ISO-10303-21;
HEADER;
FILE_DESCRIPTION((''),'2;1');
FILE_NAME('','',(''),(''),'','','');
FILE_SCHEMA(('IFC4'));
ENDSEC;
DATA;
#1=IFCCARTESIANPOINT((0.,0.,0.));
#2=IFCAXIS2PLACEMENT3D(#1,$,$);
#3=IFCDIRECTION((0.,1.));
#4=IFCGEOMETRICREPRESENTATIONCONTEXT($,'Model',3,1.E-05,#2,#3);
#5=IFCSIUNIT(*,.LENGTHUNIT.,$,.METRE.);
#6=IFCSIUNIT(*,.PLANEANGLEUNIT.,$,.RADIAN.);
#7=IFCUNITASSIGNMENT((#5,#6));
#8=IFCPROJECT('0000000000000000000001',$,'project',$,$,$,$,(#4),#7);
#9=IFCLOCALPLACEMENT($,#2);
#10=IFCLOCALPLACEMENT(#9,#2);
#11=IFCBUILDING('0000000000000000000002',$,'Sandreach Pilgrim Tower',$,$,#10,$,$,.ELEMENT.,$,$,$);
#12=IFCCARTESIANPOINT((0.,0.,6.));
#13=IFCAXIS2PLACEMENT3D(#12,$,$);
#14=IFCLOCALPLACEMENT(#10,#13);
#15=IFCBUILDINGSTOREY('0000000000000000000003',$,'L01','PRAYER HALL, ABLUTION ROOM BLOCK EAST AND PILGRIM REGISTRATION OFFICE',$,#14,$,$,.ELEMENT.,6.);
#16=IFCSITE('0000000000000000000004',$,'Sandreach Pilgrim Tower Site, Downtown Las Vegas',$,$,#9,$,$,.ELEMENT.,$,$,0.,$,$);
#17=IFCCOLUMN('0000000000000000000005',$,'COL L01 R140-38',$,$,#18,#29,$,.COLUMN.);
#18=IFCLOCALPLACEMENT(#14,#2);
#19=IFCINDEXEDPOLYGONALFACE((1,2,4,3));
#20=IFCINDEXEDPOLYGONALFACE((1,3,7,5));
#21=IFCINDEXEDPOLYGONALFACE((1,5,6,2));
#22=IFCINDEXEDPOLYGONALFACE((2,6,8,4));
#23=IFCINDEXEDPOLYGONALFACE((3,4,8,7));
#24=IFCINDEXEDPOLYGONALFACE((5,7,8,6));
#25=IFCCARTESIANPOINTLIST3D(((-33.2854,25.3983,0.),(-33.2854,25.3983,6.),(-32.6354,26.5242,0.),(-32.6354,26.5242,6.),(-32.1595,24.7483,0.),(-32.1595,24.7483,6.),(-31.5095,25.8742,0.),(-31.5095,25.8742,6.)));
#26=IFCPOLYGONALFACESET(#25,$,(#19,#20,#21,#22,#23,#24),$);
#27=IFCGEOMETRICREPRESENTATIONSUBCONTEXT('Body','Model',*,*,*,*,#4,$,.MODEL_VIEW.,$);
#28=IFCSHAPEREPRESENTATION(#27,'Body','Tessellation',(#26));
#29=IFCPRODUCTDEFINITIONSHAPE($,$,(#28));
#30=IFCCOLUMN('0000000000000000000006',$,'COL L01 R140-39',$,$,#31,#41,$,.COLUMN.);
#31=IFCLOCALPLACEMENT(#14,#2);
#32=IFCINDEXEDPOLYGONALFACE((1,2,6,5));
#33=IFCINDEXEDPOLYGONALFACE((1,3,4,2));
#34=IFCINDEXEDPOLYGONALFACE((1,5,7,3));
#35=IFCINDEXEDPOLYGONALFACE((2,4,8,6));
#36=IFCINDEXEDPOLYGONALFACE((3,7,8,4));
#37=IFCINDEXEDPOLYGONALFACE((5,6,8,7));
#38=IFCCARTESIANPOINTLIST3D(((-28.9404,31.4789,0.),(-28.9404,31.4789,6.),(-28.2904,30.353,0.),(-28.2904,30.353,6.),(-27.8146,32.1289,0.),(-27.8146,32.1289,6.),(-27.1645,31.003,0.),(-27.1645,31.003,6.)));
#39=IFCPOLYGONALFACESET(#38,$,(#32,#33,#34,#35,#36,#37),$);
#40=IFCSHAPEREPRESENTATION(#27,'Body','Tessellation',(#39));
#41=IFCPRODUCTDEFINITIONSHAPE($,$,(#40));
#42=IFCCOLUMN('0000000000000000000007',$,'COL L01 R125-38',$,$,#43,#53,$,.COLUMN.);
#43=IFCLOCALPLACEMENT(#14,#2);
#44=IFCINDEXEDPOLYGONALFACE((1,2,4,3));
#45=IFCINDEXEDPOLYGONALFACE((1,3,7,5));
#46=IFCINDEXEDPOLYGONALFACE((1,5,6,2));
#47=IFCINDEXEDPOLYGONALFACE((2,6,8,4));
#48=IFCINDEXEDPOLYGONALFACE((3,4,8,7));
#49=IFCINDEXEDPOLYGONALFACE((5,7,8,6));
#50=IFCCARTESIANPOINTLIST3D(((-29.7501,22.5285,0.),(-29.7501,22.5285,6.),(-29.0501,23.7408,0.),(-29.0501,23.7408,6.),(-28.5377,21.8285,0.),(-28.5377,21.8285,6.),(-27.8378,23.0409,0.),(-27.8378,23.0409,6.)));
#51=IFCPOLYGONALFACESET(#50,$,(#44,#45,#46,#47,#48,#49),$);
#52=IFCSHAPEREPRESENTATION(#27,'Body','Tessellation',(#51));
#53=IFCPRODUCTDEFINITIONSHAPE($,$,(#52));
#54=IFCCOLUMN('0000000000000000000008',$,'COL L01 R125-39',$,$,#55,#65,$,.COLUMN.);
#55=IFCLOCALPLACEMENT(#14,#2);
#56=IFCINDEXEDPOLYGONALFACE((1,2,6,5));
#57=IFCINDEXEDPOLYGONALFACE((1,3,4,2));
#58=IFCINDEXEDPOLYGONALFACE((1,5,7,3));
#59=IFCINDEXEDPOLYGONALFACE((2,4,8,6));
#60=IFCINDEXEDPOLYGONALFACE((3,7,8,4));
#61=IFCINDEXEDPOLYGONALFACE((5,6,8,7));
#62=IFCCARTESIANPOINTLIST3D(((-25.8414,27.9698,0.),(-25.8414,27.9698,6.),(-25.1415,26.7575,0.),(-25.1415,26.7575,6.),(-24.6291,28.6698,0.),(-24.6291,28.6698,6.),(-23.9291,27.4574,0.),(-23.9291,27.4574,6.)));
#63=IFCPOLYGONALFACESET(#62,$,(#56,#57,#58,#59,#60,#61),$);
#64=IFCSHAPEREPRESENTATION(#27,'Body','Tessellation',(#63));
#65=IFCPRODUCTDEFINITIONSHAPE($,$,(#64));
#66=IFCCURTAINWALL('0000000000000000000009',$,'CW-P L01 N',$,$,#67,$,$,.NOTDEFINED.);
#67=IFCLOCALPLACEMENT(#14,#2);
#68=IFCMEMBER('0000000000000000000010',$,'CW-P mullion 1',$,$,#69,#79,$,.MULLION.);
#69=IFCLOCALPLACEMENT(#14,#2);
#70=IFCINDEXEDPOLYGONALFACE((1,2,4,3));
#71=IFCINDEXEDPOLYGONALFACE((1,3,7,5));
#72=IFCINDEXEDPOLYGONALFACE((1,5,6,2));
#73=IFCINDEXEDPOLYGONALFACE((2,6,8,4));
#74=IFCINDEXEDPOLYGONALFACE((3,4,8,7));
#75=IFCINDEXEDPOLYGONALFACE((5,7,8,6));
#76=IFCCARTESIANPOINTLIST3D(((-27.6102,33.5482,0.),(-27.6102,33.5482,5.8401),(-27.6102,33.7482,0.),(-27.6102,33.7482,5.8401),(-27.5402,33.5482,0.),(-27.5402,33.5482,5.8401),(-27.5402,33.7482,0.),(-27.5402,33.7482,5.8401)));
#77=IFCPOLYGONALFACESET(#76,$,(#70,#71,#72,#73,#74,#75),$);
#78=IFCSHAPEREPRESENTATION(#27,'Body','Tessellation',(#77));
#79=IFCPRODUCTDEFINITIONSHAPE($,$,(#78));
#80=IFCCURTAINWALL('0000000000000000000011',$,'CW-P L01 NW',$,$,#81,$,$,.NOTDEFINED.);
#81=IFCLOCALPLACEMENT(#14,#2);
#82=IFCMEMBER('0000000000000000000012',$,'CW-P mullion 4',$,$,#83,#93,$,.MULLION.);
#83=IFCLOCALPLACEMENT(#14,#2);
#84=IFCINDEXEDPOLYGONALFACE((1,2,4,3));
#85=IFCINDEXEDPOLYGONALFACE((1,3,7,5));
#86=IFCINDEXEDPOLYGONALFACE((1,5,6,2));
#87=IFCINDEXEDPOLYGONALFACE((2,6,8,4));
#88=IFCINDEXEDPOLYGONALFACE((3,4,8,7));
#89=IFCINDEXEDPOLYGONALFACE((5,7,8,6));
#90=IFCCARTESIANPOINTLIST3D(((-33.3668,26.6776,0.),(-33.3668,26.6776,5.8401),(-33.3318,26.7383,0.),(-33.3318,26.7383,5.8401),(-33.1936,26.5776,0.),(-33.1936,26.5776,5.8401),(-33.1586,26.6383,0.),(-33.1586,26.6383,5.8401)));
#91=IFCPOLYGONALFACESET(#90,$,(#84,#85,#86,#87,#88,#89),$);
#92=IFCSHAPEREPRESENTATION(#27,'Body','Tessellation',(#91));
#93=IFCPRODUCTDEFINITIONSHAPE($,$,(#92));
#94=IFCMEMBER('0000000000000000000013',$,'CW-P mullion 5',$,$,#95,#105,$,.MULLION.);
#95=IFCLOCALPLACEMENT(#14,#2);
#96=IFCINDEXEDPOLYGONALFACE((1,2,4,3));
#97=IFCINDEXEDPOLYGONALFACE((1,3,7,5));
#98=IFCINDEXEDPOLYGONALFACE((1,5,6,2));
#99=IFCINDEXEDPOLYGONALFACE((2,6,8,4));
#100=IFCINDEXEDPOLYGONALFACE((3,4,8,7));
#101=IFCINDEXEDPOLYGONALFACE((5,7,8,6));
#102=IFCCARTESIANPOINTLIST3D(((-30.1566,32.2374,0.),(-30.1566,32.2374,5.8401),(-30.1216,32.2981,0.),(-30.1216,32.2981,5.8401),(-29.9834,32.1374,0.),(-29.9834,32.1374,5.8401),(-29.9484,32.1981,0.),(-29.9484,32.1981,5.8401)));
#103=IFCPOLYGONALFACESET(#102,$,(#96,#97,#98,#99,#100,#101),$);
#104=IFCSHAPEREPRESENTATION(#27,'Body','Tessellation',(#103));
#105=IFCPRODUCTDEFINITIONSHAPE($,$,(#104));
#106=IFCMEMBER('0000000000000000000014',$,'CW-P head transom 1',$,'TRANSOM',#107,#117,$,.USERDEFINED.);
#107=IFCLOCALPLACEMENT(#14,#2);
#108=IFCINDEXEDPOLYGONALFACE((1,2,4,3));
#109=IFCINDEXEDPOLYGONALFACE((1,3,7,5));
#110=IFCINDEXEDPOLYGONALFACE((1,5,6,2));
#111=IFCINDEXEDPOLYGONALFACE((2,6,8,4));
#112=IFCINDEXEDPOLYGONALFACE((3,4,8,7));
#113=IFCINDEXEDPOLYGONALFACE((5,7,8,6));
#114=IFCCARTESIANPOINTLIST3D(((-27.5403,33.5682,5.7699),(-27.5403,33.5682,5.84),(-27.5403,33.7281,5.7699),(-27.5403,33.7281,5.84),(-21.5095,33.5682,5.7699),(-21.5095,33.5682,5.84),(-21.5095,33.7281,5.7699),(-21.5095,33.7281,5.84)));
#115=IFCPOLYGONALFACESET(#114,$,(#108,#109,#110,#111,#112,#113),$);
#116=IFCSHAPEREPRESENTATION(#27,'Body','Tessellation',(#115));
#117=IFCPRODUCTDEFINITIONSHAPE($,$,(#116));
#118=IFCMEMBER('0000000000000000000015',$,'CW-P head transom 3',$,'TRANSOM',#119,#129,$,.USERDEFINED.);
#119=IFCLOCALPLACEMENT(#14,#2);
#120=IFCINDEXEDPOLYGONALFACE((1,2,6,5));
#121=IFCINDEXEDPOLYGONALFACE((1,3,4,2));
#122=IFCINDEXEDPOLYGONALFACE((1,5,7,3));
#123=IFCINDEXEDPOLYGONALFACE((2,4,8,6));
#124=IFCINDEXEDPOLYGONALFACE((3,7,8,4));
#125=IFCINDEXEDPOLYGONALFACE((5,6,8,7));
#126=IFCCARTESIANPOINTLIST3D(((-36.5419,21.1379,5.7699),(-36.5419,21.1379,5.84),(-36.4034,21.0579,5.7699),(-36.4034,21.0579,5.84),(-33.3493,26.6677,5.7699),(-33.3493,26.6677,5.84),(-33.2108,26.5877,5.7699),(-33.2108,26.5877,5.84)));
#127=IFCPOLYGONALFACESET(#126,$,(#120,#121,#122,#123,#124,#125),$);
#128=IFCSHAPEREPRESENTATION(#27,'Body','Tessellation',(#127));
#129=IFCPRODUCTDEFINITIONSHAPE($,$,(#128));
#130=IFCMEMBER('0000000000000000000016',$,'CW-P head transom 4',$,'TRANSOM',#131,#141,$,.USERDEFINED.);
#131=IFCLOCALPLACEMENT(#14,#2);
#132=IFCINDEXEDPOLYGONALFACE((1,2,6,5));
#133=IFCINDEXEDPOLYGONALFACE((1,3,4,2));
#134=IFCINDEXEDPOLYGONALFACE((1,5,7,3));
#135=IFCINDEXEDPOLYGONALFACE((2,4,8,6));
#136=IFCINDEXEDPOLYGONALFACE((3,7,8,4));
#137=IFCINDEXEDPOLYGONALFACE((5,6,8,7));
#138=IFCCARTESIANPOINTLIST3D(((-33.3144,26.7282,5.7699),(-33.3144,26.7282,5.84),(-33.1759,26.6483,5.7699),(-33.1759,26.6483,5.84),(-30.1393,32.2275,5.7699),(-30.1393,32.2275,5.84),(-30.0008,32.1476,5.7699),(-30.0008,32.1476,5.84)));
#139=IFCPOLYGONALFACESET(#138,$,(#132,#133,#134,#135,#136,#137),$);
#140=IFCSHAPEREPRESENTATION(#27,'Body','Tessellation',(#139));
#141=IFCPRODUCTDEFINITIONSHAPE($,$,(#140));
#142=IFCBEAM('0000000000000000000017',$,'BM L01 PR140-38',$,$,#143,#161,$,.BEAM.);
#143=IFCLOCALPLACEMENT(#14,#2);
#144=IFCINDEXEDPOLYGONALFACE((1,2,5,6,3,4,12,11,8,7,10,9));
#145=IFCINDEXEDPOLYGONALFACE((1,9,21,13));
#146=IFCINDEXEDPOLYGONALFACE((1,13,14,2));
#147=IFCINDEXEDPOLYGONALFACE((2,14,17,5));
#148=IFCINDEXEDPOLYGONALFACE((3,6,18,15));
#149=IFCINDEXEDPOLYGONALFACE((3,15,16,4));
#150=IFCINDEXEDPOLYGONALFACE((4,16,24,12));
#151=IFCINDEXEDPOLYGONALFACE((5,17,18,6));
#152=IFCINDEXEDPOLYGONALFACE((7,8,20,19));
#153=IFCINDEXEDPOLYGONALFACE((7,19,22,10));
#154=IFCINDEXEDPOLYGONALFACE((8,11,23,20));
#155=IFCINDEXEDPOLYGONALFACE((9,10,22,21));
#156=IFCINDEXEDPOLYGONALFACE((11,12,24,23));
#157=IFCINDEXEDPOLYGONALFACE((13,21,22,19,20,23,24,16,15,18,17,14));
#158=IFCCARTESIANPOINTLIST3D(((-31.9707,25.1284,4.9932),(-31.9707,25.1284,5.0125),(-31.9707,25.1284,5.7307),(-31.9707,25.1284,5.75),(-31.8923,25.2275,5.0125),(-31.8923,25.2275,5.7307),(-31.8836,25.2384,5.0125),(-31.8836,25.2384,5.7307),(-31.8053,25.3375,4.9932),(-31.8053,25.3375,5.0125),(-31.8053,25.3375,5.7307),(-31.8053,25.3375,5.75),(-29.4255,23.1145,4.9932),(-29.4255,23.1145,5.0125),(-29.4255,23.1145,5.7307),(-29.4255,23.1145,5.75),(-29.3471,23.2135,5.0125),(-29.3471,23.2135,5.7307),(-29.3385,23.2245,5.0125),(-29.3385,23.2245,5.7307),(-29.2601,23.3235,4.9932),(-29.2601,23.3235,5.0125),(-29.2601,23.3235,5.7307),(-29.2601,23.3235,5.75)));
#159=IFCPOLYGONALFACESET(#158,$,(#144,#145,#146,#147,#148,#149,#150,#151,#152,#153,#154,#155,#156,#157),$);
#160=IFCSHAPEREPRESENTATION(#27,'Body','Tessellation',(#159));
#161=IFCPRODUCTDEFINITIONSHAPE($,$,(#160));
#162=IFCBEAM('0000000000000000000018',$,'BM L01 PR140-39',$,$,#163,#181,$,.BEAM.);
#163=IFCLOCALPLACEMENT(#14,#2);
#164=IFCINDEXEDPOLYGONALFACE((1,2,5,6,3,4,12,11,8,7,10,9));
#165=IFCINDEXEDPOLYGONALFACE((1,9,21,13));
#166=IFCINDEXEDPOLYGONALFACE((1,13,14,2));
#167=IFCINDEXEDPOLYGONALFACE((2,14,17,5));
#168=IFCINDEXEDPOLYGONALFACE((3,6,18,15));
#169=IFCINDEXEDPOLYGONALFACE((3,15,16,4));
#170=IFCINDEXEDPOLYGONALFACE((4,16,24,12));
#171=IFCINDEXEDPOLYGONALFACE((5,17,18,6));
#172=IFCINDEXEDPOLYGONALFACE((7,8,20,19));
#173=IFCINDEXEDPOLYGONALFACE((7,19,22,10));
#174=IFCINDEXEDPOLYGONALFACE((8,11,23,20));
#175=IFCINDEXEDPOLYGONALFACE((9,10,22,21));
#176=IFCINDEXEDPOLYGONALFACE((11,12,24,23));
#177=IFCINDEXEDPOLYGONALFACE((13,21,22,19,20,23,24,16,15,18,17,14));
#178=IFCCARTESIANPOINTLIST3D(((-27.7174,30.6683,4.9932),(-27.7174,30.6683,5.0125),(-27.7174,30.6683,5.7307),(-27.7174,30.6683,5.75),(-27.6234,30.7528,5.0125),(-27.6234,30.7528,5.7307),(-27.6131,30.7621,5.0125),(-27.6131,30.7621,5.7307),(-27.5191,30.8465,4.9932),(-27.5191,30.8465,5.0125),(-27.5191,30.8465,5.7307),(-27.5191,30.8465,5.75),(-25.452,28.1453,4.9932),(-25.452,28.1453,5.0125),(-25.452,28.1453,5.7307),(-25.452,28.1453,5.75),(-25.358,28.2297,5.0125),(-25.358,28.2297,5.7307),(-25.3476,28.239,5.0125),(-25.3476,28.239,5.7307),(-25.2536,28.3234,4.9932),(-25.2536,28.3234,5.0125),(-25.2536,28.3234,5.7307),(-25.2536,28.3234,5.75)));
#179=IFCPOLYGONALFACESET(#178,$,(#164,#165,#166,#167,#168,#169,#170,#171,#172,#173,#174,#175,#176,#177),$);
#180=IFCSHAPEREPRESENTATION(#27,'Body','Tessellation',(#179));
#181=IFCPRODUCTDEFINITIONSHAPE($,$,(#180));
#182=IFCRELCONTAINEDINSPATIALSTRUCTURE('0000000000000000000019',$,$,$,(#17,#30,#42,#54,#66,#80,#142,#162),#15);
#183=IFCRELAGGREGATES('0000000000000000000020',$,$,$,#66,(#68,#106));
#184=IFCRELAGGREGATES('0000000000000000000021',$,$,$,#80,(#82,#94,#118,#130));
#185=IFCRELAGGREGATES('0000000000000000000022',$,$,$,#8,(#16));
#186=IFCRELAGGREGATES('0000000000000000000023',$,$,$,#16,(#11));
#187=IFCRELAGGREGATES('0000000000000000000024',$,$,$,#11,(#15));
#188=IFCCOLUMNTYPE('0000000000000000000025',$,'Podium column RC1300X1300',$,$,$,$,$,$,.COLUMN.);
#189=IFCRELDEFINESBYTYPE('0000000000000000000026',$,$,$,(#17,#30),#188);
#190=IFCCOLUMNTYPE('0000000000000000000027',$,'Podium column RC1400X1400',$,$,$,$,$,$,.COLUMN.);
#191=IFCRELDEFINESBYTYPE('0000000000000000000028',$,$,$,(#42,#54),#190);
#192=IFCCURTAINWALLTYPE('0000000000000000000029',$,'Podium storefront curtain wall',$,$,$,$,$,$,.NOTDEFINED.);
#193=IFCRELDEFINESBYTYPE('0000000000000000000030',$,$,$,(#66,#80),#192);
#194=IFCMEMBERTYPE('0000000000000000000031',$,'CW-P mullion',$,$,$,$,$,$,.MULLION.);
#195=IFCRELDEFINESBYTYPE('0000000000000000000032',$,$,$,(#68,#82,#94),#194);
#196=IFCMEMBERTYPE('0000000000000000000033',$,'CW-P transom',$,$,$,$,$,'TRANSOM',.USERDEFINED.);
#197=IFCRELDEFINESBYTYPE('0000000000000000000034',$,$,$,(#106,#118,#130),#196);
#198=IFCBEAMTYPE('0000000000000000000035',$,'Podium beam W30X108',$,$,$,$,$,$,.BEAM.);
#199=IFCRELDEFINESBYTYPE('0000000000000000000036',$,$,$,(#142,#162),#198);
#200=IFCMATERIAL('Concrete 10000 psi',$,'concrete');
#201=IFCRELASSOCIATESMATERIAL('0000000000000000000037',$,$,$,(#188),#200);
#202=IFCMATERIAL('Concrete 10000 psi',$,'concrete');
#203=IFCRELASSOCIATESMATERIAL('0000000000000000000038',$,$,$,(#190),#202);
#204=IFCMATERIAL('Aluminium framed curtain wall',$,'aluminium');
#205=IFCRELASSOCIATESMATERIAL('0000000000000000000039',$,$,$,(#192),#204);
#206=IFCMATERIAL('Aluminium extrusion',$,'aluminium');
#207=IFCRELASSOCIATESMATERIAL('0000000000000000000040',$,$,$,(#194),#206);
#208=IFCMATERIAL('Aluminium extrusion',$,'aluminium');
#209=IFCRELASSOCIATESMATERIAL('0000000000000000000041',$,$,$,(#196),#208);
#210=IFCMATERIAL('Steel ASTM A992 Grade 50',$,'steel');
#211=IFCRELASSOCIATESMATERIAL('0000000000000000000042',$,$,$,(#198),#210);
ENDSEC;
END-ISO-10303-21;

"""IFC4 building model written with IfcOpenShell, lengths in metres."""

from ifc_helpers import new_model, si_unit, direction, frame, origin, origin_2d, place, context, subcontext, project, spatial, rectangle, i_section, extrude, material, material_profile, profile_set, type_object, element, aggregate, save


model = new_model("IFC4")

# Units and contexts
model_context = context("Model", 3, precision=1e-05, world=origin(), true_north=direction((0.0, 1.0)))
body_context = subcontext(model_context, "Body", "Model", "MODEL_VIEW")
ifc_project = project(units=[si_unit("LENGTHUNIT", "METRE"), si_unit("PLANEANGLEUNIT", "RADIAN")], contexts=[model_context])

# Site, building, storey
site_placement = place(None, origin())
site = spatial("IfcSite", under=ifc_project, at=site_placement, Name="Sandreach Pilgrim Tower Site, Downtown Las Vegas", CompositionType="ELEMENT", RefElevation=0.0)
building_placement = place(site_placement, origin())
building = spatial("IfcBuilding", under=site, at=building_placement, Name="Sandreach Pilgrim Tower", CompositionType="ELEMENT")
storey_placement = place(building_placement, frame((0.0, 0.0, 6.0)))
storey = spatial("IfcBuildingStorey", under=building, at=storey_placement, Name="L01", Description="PRAYER HALL, ABLUTION ROOM BLOCK EAST AND PILGRIM REGISTRATION OFFICE", CompositionType="ELEMENT", Elevation=6.0)

# Columns
ifc_material_1 = material(Name="Concrete 10000 psi", Category="concrete")
ifc_material_profile_1 = material_profile(ifc_material_1, rectangle(XDim=1.3, YDim=1.3, at=origin_2d()), Name="RC1300X1300")
ifc_profile_set_1 = profile_set([ifc_material_profile_1], Name="Concrete 10000 psi")
column_type_1 = type_object("IfcColumnType", Name="Podium column RC1300X1300", PredefinedType="COLUMN", material=ifc_profile_set_1)
for number, where, z_axis, x_axis, name in (
    (1, (-32.3975, 25.6362, 0.0), (0.0, 0.0, 1.0), (-0.866025, 0.5, 0.0), "COL L01 R140-38"),
    (2, (-28.0525, 31.241, 0.0), (0.0, 0.0, 1.0), (-0.5, 0.866025, 0.0), "COL L01 R140-39"),
):
    element("IfcColumn", number, at=place(storey_placement, frame(where, z_axis=z_axis, x_axis=x_axis)), inside=storey, type_object=column_type_1, Name=name, PredefinedType="COLUMN", context=body_context, shape_type="SweptSolid", body=[
        extrude(rectangle(XDim=1.3, YDim=1.3, at=origin_2d()), origin(), (0.0, 0.0, 1.0), 6.0),
    ])
ifc_material_2 = material(Name="Concrete 10000 psi", Category="concrete")
ifc_material_profile_2 = material_profile(ifc_material_2, rectangle(XDim=1.3999, YDim=1.3999, at=origin_2d()), Name="RC1400X1400")
ifc_profile_set_2 = profile_set([ifc_material_profile_2], Name="Concrete 10000 psi")
column_type_2 = type_object("IfcColumnType", Name="Podium column RC1400X1400", PredefinedType="COLUMN", material=ifc_profile_set_2)
for number, where, z_axis, x_axis, name in (
    (3, (-28.7939, 22.7847, 0.0), (0.0, 0.0, 1.0), (-0.866025, 0.5, 0.0), "COL L01 R125-38"),
    (4, (-24.8853, 27.7136, 0.0), (0.0, 0.0, 1.0), (-0.5, 0.866025, 0.0), "COL L01 R125-39"),
):
    element("IfcColumn", number, at=place(storey_placement, frame(where, z_axis=z_axis, x_axis=x_axis)), inside=storey, type_object=column_type_2, Name=name, PredefinedType="COLUMN", context=body_context, shape_type="SweptSolid", body=[
        extrude(rectangle(XDim=1.3999, YDim=1.3999, at=origin_2d()), origin(), (0.0, 0.0, 1.0), 6.0),
    ])

# Curtain wall, member
ifc_material_3 = material(Name="Aluminium framed curtain wall", Category="aluminium")
curtain_wall_type = type_object("IfcCurtainWallType", Name="Podium storefront curtain wall", PredefinedType="NOTDEFINED", material=ifc_material_3)
curtain_wall_1_placement = place(storey_placement, origin())
curtain_wall_1 = element("IfcCurtainWall", 5, at=curtain_wall_1_placement, inside=storey, type_object=curtain_wall_type, Name="CW-P L01 N", PredefinedType="NOTDEFINED")
ifc_material_4 = material(Name="Aluminium extrusion", Category="aluminium")
ifc_material_profile_3 = material_profile(ifc_material_4, rectangle(XDim=0.0701, YDim=0.2, at=origin_2d()), Name="CW-PM 70X200")
ifc_profile_set_3 = profile_set([ifc_material_profile_3], Name="Aluminium extrusion")
member_type_1 = type_object("IfcMemberType", Name="CW-P mullion", PredefinedType="MULLION", material=ifc_profile_set_3)
member_1_placement = place(storey_placement, frame((-27.5752, 33.6482, 0.0), z_axis=(0.0, 0.0, 1.0), x_axis=(1.0, 0.0, 0.0)))
member_1 = element("IfcMember", 6, at=member_1_placement, type_object=member_type_1, Name="CW-P mullion 1", PredefinedType="MULLION", context=body_context, shape_type="SweptSolid", body=[
    extrude(rectangle(XDim=0.0701, YDim=0.2, at=origin_2d()), origin(), (0.0, 0.0, 1.0), 5.8401),
])

# Curtain wall, members
curtain_wall_2_placement = place(storey_placement, origin())
curtain_wall_2 = element("IfcCurtainWall", 7, at=curtain_wall_2_placement, inside=storey, type_object=curtain_wall_type, Name="CW-P L01 NW", PredefinedType="NOTDEFINED")
member_2_placement = place(storey_placement, frame((-33.2627, 26.658, 0.0), z_axis=(0.0, 0.0, 1.0), x_axis=(0.5, 0.866025, 0.0)))
member_2 = element("IfcMember", 8, at=member_2_placement, type_object=member_type_1, Name="CW-P mullion 4", PredefinedType="MULLION", context=body_context, shape_type="SweptSolid", body=[
    extrude(rectangle(XDim=0.0701, YDim=0.2, at=origin_2d()), origin(), (0.0, 0.0, 1.0), 5.8401),
])
member_3_placement = place(storey_placement, frame((-30.0525, 32.2178, 0.0), z_axis=(0.0, 0.0, 1.0), x_axis=(0.5, 0.866025, 0.0)))
member_3 = element("IfcMember", 9, at=member_3_placement, type_object=member_type_1, Name="CW-P mullion 5", PredefinedType="MULLION", context=body_context, shape_type="SweptSolid", body=[
    extrude(rectangle(XDim=0.0701, YDim=0.2, at=origin_2d()), origin(), (0.0, 0.0, 1.0), 5.8401),
])

# Members
ifc_material_5 = material(Name="Aluminium extrusion", Category="aluminium")
ifc_material_profile_4 = material_profile(ifc_material_5, rectangle(XDim=0.1599, YDim=0.0701, at=origin_2d()), Name="CW-PT 160X70")
ifc_profile_set_4 = profile_set([ifc_material_profile_4], Name="Aluminium extrusion")
member_type_2 = type_object("IfcMemberType", Name="CW-P transom", ElementType="TRANSOM", PredefinedType="USERDEFINED", material=ifc_profile_set_4)
member_4_placement = place(storey_placement, frame((-27.5403, 33.6482, 5.8049), z_axis=(1.0, 0.0, 0.0), x_axis=(0.0, 1.0, 0.0)))
member_4 = element("IfcMember", 10, at=member_4_placement, type_object=member_type_2, Name="CW-P head transom 1", ObjectType="TRANSOM", PredefinedType="USERDEFINED", context=body_context, shape_type="SweptSolid", body=[
    extrude(rectangle(XDim=0.1599, YDim=0.0701, at=origin_2d()), origin(), (0.0, 0.0, 1.0), 6.0308),
])
member_5_placement = place(storey_placement, frame((-36.4727, 21.0979, 5.8049), z_axis=(0.5, 0.866025, 0.0), x_axis=(-0.866025, 0.5, 0.0)))
member_5 = element("IfcMember", 11, at=member_5_placement, type_object=member_type_2, Name="CW-P head transom 3", ObjectType="TRANSOM", PredefinedType="USERDEFINED", context=body_context, shape_type="SweptSolid", body=[
    extrude(rectangle(XDim=0.1599, YDim=0.0701, at=origin_2d()), origin(), (0.0, 0.0, 1.0), 6.3853),
])
member_6_placement = place(storey_placement, frame((-33.2451, 26.6882, 5.8049), z_axis=(0.500005, 0.866022, 0.0), x_axis=(-0.866022, 0.500005, 0.0)))
member_6 = element("IfcMember", 12, at=member_6_placement, type_object=member_type_2, Name="CW-P head transom 4", ObjectType="TRANSOM", PredefinedType="USERDEFINED", context=body_context, shape_type="SweptSolid", body=[
    extrude(rectangle(XDim=0.1599, YDim=0.0701, at=origin_2d()), origin(), (0.0, 0.0, 1.0), 6.3501),
])

# Beams
ifc_material_6 = material(Name="Steel ASTM A992 Grade 50", Category="steel")
ifc_material_profile_5 = material_profile(ifc_material_6, i_section(OverallWidth=0.2666, OverallDepth=0.7568, WebThickness=0.0139, FlangeThickness=0.0193, at=origin_2d()), Name="W30X108")
ifc_profile_set_5 = profile_set([ifc_material_profile_5], Name="Steel ASTM A992 Grade 50")
beam_type_1 = type_object("IfcBeamType", Name="Podium beam W30X108", PredefinedType="BEAM", material=ifc_profile_set_5)
beam_1_placement = place(storey_placement, frame((-29.3428, 23.219, 5.3716), z_axis=(-0.784197, 0.620512, 0.0), x_axis=(-0.620512, -0.784197, 0.0)))
element("IfcBeam", 13, at=beam_1_placement, inside=storey, type_object=beam_type_1, Name="BM L01 PR140-38", PredefinedType="BEAM", context=body_context, shape_type="SweptSolid", body=[
    extrude(i_section(OverallWidth=0.2666, OverallDepth=0.7568, WebThickness=0.0139, FlangeThickness=0.0193, at=origin_2d()), origin(), (0.0, 0.0, 1.0), 3.2456),
])
beam_2_placement = place(storey_placement, frame((-25.3528, 28.2344, 5.3716), z_axis=(-0.668105, 0.744067, 0.0), x_axis=(-0.744067, -0.668105, 0.0)))
element("IfcBeam", 14, at=beam_2_placement, inside=storey, type_object=beam_type_1, Name="BM L01 PR140-39", PredefinedType="BEAM", context=body_context, shape_type="SweptSolid", body=[
    extrude(i_section(OverallWidth=0.2666, OverallDepth=0.7568, WebThickness=0.0139, FlangeThickness=0.0193, at=origin_2d()), origin(), (0.0, 0.0, 1.0), 3.3909),
])

aggregate(curtain_wall_1, [member_1, member_4])
aggregate(curtain_wall_2, [member_2, member_3, member_5, member_6])

save(model, "model.ifc")
